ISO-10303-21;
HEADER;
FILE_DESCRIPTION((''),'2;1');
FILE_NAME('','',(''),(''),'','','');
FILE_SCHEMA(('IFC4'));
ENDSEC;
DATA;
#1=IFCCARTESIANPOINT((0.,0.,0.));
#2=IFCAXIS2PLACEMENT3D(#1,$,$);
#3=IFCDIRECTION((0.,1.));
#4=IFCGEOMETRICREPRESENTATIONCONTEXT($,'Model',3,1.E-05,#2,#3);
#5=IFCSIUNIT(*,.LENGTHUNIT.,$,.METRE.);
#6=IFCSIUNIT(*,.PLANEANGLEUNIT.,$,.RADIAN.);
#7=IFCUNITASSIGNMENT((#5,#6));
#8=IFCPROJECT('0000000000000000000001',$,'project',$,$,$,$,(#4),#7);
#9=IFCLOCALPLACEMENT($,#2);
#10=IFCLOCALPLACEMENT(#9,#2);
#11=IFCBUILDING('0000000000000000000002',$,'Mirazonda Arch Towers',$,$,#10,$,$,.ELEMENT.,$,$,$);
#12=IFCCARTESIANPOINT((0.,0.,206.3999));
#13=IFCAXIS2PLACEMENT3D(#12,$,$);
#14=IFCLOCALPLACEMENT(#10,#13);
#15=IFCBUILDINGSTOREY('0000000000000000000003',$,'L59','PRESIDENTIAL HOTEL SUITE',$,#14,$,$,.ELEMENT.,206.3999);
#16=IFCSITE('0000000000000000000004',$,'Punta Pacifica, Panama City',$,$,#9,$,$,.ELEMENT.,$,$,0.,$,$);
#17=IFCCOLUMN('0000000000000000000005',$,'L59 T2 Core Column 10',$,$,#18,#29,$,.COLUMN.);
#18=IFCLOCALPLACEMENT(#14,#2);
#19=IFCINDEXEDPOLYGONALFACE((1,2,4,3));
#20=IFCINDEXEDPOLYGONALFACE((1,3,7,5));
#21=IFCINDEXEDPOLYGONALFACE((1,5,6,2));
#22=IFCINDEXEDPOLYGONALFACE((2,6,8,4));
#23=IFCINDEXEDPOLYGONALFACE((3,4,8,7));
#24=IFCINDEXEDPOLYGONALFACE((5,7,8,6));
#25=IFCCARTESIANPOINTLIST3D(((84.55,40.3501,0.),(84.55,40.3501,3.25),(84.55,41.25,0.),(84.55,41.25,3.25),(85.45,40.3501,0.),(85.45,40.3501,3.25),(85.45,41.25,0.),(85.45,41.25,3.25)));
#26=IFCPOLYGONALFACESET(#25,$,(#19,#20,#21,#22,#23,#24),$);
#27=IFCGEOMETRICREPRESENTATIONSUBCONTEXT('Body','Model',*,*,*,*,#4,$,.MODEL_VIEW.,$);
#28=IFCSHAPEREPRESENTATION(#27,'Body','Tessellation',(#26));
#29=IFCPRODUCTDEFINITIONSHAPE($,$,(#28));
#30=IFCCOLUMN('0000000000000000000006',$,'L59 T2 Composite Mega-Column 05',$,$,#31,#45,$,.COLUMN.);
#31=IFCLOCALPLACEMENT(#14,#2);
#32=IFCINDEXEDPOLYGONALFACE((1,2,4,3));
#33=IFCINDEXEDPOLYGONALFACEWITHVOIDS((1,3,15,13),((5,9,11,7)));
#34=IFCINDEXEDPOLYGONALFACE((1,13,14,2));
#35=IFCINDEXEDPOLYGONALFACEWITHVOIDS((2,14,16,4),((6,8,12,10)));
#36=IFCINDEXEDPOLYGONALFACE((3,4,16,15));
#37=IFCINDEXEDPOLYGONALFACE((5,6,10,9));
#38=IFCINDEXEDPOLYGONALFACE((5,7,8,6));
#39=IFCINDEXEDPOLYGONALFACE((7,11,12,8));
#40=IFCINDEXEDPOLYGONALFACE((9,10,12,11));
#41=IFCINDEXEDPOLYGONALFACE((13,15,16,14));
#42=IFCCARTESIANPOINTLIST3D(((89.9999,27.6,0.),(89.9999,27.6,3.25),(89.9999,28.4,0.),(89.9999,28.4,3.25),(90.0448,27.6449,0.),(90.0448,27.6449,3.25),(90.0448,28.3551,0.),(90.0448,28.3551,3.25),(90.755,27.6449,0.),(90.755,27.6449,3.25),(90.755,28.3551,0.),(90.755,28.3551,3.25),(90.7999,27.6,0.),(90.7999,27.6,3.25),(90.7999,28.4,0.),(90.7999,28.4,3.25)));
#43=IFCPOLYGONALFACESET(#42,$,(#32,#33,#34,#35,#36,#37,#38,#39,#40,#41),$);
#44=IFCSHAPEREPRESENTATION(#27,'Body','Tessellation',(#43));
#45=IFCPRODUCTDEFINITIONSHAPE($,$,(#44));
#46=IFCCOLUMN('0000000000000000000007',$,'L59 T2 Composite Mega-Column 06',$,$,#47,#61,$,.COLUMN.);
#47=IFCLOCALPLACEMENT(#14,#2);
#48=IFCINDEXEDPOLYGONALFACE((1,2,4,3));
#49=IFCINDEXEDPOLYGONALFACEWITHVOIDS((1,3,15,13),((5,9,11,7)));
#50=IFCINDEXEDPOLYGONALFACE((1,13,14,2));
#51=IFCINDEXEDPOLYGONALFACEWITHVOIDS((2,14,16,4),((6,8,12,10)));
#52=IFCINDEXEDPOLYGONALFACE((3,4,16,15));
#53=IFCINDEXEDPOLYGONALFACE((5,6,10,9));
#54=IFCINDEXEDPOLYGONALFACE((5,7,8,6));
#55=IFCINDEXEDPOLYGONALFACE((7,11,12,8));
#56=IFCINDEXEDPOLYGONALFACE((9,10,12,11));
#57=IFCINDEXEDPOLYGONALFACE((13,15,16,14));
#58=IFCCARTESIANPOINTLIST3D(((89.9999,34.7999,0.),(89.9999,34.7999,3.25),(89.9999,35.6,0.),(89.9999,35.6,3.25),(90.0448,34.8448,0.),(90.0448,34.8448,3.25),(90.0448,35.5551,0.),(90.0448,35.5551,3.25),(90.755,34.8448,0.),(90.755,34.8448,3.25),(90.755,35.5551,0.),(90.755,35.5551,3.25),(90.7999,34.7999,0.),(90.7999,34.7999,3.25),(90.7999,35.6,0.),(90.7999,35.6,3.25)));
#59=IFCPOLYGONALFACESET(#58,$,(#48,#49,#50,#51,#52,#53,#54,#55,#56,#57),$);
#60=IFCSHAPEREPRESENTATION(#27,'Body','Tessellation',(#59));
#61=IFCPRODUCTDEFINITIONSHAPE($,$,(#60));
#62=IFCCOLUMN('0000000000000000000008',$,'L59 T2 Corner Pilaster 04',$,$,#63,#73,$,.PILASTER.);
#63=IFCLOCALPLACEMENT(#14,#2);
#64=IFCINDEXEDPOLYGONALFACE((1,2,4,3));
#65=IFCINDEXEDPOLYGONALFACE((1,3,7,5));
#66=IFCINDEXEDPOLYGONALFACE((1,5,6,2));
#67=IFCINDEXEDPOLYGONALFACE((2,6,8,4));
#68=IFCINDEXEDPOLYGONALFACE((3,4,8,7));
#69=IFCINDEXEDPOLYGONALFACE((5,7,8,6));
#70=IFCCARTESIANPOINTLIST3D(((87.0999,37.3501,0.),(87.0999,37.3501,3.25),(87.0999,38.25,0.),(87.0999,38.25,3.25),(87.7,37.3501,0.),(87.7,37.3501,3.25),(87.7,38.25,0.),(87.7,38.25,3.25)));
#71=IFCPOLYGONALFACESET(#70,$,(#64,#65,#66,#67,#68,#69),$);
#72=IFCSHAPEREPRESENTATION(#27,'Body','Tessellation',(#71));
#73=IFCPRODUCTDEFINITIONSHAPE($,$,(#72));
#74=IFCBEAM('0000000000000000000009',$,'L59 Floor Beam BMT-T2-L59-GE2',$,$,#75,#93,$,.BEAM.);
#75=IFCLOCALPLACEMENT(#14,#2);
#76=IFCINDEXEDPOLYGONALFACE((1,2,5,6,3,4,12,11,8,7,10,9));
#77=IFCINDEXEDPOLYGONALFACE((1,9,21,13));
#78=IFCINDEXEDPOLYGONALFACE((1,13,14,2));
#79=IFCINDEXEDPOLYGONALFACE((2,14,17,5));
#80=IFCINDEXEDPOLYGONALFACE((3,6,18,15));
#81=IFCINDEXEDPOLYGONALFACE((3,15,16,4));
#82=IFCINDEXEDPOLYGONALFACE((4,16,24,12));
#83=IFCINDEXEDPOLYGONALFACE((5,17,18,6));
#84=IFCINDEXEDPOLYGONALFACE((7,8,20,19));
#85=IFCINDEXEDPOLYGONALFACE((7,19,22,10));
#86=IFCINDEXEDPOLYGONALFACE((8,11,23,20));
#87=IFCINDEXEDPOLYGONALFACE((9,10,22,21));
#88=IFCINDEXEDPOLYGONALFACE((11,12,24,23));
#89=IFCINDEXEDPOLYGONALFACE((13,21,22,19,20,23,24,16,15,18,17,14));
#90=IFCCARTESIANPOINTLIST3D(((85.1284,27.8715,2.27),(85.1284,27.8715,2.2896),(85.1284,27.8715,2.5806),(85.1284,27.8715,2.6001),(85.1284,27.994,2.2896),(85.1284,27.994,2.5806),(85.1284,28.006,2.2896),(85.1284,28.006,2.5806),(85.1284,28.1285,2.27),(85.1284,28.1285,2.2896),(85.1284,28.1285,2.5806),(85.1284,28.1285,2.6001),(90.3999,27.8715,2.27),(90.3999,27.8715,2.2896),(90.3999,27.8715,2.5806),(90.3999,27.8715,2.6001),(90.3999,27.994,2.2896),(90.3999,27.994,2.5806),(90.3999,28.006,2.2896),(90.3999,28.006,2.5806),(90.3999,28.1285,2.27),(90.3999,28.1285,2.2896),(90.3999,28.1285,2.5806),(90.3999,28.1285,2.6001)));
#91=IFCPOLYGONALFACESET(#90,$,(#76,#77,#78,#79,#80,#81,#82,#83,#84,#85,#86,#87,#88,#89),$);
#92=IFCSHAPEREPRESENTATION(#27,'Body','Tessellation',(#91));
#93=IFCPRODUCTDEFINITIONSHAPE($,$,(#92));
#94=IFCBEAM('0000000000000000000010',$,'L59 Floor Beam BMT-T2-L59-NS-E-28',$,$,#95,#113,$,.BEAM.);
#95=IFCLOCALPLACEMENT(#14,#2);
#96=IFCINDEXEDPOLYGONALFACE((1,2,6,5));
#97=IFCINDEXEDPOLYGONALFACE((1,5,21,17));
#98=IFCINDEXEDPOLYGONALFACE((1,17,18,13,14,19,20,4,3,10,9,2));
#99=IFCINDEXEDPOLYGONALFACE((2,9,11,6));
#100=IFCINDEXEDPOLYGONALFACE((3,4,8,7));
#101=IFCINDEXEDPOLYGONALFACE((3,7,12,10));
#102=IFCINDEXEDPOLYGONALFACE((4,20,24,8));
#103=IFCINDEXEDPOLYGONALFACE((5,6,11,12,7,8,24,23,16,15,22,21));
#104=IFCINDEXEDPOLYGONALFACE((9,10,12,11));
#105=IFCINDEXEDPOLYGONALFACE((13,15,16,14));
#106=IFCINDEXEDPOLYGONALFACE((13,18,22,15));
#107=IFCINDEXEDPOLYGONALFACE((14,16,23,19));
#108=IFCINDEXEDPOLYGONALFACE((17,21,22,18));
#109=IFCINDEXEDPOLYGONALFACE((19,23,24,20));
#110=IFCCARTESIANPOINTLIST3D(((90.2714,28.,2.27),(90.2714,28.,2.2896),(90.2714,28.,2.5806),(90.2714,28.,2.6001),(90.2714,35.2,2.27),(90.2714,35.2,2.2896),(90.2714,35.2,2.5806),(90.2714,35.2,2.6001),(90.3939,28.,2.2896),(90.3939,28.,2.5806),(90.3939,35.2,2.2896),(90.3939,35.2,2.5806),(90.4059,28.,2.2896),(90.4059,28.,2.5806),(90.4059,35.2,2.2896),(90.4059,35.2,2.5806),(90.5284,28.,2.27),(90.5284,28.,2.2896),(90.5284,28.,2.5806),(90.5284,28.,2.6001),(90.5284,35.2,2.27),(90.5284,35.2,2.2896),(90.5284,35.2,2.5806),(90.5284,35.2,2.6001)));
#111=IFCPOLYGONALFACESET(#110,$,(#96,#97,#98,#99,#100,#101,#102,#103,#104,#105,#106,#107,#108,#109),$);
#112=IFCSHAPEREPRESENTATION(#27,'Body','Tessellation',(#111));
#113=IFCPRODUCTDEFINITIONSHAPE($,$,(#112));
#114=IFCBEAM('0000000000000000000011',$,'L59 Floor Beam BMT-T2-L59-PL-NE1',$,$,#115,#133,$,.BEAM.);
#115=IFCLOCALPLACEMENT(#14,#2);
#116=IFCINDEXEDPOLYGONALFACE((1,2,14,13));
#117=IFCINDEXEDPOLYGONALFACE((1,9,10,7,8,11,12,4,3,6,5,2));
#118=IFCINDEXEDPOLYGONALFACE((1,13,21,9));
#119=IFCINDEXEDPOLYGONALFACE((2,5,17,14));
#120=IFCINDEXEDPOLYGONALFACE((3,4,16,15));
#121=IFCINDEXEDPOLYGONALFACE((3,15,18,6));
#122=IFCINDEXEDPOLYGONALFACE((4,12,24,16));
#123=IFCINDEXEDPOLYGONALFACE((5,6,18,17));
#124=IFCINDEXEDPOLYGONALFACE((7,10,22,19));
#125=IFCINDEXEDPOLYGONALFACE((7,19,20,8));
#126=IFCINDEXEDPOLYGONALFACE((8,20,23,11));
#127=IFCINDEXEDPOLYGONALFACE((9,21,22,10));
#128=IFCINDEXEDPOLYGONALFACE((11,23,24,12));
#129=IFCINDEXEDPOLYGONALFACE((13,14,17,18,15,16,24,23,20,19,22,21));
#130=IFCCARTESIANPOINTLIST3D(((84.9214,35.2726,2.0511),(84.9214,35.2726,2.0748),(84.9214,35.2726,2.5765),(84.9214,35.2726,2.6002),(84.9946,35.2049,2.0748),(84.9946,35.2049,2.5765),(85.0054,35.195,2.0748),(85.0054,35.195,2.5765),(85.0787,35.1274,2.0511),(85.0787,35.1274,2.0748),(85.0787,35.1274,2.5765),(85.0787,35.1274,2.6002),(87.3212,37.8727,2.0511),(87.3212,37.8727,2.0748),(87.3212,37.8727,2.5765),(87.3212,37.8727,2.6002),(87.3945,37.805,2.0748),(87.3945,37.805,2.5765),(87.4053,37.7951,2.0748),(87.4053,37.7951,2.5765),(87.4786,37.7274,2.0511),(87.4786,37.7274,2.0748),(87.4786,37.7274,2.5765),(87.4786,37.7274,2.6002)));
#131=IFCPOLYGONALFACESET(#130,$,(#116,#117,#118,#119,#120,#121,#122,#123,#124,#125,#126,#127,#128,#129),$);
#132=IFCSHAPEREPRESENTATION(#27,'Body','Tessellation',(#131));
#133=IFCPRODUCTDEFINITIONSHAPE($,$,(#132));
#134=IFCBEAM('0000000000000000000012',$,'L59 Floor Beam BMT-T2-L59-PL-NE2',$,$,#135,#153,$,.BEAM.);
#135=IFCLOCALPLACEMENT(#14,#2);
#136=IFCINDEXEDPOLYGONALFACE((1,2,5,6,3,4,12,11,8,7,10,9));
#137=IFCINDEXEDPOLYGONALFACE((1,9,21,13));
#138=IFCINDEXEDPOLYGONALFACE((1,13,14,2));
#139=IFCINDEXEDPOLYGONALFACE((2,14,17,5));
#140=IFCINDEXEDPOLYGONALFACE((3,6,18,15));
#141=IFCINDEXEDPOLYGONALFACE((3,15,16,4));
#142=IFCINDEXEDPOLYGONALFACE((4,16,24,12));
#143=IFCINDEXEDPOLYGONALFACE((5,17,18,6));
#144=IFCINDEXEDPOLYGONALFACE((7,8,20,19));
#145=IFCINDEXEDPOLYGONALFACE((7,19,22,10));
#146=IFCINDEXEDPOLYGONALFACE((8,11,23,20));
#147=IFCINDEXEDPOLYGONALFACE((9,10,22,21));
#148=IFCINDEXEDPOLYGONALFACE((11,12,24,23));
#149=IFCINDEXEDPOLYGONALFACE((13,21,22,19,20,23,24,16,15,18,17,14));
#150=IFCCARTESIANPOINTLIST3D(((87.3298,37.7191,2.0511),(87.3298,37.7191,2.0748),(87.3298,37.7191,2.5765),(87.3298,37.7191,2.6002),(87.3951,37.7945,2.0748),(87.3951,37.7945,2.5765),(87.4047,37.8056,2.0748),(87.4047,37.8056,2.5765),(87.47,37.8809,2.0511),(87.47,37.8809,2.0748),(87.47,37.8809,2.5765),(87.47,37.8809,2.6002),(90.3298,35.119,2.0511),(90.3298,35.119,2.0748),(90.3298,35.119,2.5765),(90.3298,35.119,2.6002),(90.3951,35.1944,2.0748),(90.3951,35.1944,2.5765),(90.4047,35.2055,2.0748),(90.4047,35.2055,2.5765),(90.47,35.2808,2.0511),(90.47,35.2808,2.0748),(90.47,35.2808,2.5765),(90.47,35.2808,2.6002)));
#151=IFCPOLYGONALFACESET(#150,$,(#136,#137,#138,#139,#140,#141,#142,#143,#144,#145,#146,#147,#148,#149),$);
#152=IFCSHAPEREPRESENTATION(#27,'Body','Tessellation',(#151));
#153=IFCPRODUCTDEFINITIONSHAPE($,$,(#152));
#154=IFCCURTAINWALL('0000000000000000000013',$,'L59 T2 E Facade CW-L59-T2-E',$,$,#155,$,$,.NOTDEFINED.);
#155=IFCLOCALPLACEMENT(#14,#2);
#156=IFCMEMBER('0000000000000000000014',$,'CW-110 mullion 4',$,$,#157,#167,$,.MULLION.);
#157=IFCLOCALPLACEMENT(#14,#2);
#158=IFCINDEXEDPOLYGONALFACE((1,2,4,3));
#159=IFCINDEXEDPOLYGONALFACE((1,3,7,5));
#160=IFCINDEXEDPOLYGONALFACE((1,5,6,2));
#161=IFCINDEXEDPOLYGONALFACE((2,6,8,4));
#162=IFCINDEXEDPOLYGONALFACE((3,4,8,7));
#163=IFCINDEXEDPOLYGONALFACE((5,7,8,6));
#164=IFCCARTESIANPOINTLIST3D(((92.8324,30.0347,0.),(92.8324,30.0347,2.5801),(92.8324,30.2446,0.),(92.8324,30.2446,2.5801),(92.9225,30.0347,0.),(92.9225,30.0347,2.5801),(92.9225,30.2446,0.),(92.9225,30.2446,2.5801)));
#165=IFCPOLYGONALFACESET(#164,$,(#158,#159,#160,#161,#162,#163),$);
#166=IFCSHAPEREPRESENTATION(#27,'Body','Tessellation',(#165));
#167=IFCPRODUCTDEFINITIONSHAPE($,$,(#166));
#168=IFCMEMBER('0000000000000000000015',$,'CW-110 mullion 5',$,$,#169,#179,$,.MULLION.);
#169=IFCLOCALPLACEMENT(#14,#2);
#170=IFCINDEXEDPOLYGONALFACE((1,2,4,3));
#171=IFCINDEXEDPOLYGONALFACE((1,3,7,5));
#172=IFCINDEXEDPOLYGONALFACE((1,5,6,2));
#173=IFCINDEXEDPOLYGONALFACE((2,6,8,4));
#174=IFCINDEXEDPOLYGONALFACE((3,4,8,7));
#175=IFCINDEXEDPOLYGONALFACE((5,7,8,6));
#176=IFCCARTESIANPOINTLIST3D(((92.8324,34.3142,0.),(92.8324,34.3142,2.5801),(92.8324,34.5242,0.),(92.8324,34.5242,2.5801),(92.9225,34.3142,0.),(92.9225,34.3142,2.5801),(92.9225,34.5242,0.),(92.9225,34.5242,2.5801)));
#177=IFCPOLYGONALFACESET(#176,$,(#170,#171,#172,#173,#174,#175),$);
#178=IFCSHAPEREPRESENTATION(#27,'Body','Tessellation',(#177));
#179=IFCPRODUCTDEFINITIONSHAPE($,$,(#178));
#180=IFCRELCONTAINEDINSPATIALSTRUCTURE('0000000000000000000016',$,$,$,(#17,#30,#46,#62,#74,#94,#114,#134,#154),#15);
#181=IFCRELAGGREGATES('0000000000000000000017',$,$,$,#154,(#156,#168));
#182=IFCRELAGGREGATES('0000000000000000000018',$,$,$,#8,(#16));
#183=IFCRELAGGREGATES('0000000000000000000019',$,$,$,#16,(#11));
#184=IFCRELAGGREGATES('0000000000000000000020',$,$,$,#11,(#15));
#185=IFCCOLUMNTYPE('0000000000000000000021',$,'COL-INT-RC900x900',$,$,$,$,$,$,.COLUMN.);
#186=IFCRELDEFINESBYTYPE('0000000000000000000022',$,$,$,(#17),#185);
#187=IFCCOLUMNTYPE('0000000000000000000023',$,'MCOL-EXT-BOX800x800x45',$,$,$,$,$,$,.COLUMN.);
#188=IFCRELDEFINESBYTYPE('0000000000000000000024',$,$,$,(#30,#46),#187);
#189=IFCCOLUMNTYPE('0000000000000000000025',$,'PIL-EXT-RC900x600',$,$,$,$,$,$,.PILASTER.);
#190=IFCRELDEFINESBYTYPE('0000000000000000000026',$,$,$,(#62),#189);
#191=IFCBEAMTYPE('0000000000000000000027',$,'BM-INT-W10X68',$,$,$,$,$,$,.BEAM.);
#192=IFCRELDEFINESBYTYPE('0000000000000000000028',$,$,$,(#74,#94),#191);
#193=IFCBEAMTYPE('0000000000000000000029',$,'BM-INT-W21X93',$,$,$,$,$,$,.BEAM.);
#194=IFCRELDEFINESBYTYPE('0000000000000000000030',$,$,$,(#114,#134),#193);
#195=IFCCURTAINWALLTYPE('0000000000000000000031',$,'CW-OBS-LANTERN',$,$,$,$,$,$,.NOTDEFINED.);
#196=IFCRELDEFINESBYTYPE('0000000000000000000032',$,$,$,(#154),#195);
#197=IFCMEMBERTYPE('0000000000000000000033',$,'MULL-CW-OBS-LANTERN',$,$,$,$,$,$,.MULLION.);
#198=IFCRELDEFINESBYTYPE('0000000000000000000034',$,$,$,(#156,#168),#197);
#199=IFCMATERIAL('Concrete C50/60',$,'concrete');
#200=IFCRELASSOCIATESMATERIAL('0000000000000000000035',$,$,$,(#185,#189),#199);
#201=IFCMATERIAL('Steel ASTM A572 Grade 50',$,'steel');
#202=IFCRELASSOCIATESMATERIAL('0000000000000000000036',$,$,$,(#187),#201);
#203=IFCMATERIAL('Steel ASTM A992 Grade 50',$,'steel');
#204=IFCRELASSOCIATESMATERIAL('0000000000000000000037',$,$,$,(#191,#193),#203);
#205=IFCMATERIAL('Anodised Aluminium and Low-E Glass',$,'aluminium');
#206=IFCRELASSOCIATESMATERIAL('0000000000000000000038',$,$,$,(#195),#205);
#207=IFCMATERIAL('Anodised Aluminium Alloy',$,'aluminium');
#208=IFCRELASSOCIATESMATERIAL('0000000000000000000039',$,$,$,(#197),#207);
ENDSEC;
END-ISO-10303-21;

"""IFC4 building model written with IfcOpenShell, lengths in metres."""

from ifc_helpers import new_model, si_unit, direction, frame, origin, origin_2d, place, context, subcontext, project, spatial, rectangle, hollow_rectangle, i_section, extrude, material, material_profile, profile_set, type_object, element, aggregate, save


model = new_model("IFC4")

# Units and contexts
model_context = context("Model", 3, precision=1e-05, world=origin(), true_north=direction((0.0, 1.0)))
body_context = subcontext(model_context, "Body", "Model", "MODEL_VIEW")
ifc_project = project(units=[si_unit("LENGTHUNIT", "METRE"), si_unit("PLANEANGLEUNIT", "RADIAN")], contexts=[model_context])

# Site, building, storey
site_placement = place(None, origin())
site = spatial("IfcSite", under=ifc_project, at=site_placement, Name="Punta Pacifica, Panama City", CompositionType="ELEMENT", RefElevation=0.0)
building_placement = place(site_placement, origin())
building = spatial("IfcBuilding", under=site, at=building_placement, Name="Mirazonda Arch Towers", CompositionType="ELEMENT")
storey_placement = place(building_placement, frame((0.0, 0.0, 206.3999)))
storey = spatial("IfcBuildingStorey", under=building, at=storey_placement, Name="L59", Description="PRESIDENTIAL HOTEL SUITE", CompositionType="ELEMENT", Elevation=206.3999)

# Columns
ifc_material_1 = material(Name="Concrete C50/60", Category="concrete")
ifc_material_profile_1 = material_profile(ifc_material_1, rectangle(XDim=0.8999, YDim=0.8999, at=origin_2d()), Name="RC900x900")
ifc_profile_set_1 = profile_set([ifc_material_profile_1], Name="Concrete C50/60")
column_type_1 = type_object("IfcColumnType", Name="COL-INT-RC900x900", PredefinedType="COLUMN", material=ifc_profile_set_1)
column_1_placement = place(storey_placement, frame((85.0, 40.8, 0.0), z_axis=(0.0, 0.0, 1.0), x_axis=(1.0, 0.0, 0.0)))
element("IfcColumn", 1, at=column_1_placement, inside=storey, type_object=column_type_1, Name="L59 T2 Core Column 10", PredefinedType="COLUMN", context=body_context, shape_type="SweptSolid", body=[
    extrude(rectangle(XDim=0.8999, YDim=0.8999, at=origin_2d()), origin(), (0.0, 0.0, 1.0), 3.25),
])
ifc_material_2 = material(Name="Steel ASTM A572 Grade 50", Category="steel")
ifc_material_profile_2 = material_profile(ifc_material_2, hollow_rectangle(XDim=0.8, YDim=0.8, WallThickness=0.0449, at=origin_2d()), Name="BOX800x800x45")
ifc_profile_set_2 = profile_set([ifc_material_profile_2], Name="Steel ASTM A572 Grade 50")
column_type_2 = type_object("IfcColumnType", Name="MCOL-EXT-BOX800x800x45", PredefinedType="COLUMN", material=ifc_profile_set_2)
for number, where, z_axis, x_axis, name in (
    (2, (90.3999, 28.0, 0.0), (0.0, 0.0, 1.0), (1.0, 0.0, 0.0), "L59 T2 Composite Mega-Column 05"),
    (3, (90.3999, 35.2, 0.0), (0.0, 0.0, 1.0), (1.0, 0.0, 0.0), "L59 T2 Composite Mega-Column 06"),
):
    element("IfcColumn", number, at=place(storey_placement, frame(where, z_axis=z_axis, x_axis=x_axis)), inside=storey, type_object=column_type_2, Name=name, PredefinedType="COLUMN", context=body_context, shape_type="SweptSolid", body=[
        extrude(hollow_rectangle(XDim=0.8, YDim=0.8, WallThickness=0.0449, at=origin_2d()), origin(), (0.0, 0.0, 1.0), 3.25),
    ])
ifc_material_profile_3 = material_profile(ifc_material_1, rectangle(XDim=0.6001, YDim=0.8999, at=origin_2d()), Name="RC900x600")
ifc_profile_set_3 = profile_set([ifc_material_profile_3], Name="Concrete C50/60")
column_type_3 = type_object("IfcColumnType", Name="PIL-EXT-RC900x600", PredefinedType="PILASTER", material=ifc_profile_set_3)
column_2_placement = place(storey_placement, frame((87.3999, 37.8, 0.0), z_axis=(0.0, 0.0, 1.0), x_axis=(1.0, 0.0, 0.0)))
element("IfcColumn", 4, at=column_2_placement, inside=storey, type_object=column_type_3, Name="L59 T2 Corner Pilaster 04", PredefinedType="PILASTER", context=body_context, shape_type="SweptSolid", body=[
    extrude(rectangle(XDim=0.6001, YDim=0.8999, at=origin_2d()), origin(), (0.0, 0.0, 1.0), 3.25),
])

# Beams
ifc_material_3 = material(Name="Steel ASTM A992 Grade 50", Category="steel")
ifc_material_profile_4 = material_profile(ifc_material_3, i_section(OverallWidth=0.2571, OverallDepth=0.3301, WebThickness=0.012, FlangeThickness=0.0195, at=origin_2d()), Name="W10X68")
ifc_profile_set_4 = profile_set([ifc_material_profile_4], Name="Steel ASTM A992 Grade 50")
beam_type_1 = type_object("IfcBeamType", Name="BM-INT-W10X68", PredefinedType="BEAM", material=ifc_profile_set_4)
beam_1_placement = place(storey_placement, frame((85.1284, 28.0, 2.4351), z_axis=(1.0, 0.0, 0.0), x_axis=(0.0, 1.0, 0.0)))
element("IfcBeam", 5, at=beam_1_placement, inside=storey, type_object=beam_type_1, Name="L59 Floor Beam BMT-T2-L59-GE2", PredefinedType="BEAM", context=body_context, shape_type="SweptSolid", body=[
    extrude(i_section(OverallWidth=0.2571, OverallDepth=0.3301, WebThickness=0.012, FlangeThickness=0.0195, at=origin_2d()), origin(), (0.0, 0.0, 1.0), 5.2715),
])
beam_2_placement = place(storey_placement, frame((90.3999, 28.0, 2.4351), z_axis=(0.0, 1.0, 0.0), x_axis=(-1.0, 0.0, 0.0)))
element("IfcBeam", 6, at=beam_2_placement, inside=storey, type_object=beam_type_1, Name="L59 Floor Beam BMT-T2-L59-NS-E-28", PredefinedType="BEAM", context=body_context, shape_type="SweptSolid", body=[
    extrude(i_section(OverallWidth=0.2571, OverallDepth=0.3301, WebThickness=0.012, FlangeThickness=0.0195, at=origin_2d()), origin(), (0.0, 0.0, 1.0), 7.2),
])
ifc_material_profile_5 = material_profile(ifc_material_3, i_section(OverallWidth=0.2141, OverallDepth=0.5491, WebThickness=0.0146, FlangeThickness=0.0237, at=origin_2d()), Name="W21X93")
ifc_profile_set_5 = profile_set([ifc_material_profile_5], Name="Steel ASTM A992 Grade 50")
beam_type_2 = type_object("IfcBeamType", Name="BM-INT-W21X93", PredefinedType="BEAM", material=ifc_profile_set_5)
beam_3_placement = place(storey_placement, frame((87.3999, 37.8, 2.3257), z_axis=(-0.678251, -0.73483, 0.0), x_axis=(0.73483, -0.678251, 0.0)))
element("IfcBeam", 7, at=beam_3_placement, inside=storey, type_object=beam_type_2, Name="L59 Floor Beam BMT-T2-L59-PL-NE1", PredefinedType="BEAM", context=body_context, shape_type="SweptSolid", body=[
    extrude(i_section(OverallWidth=0.2141, OverallDepth=0.5491, WebThickness=0.0146, FlangeThickness=0.0237, at=origin_2d()), origin(), (0.0, 0.0, 1.0), 3.5383),
])
beam_4_placement = place(storey_placement, frame((87.3999, 37.8, 2.3257), z_axis=(0.755677, -0.654945, 0.0), x_axis=(0.654945, 0.755677, 0.0)))
element("IfcBeam", 8, at=beam_4_placement, inside=storey, type_object=beam_type_2, Name="L59 Floor Beam BMT-T2-L59-PL-NE2", PredefinedType="BEAM", context=body_context, shape_type="SweptSolid", body=[
    extrude(i_section(OverallWidth=0.2141, OverallDepth=0.5491, WebThickness=0.0146, FlangeThickness=0.0237, at=origin_2d()), origin(), (0.0, 0.0, 1.0), 3.97),
])

# Curtain wall, members
ifc_material_4 = material(Name="Anodised Aluminium and Low-E Glass", Category="aluminium")
curtain_wall_type = type_object("IfcCurtainWallType", Name="CW-OBS-LANTERN", PredefinedType="NOTDEFINED", material=ifc_material_4)
curtain_wall_1_placement = place(storey_placement, origin())
curtain_wall_1 = element("IfcCurtainWall", 9, at=curtain_wall_1_placement, inside=storey, type_object=curtain_wall_type, Name="L59 T2 E Facade CW-L59-T2-E", PredefinedType="NOTDEFINED")
ifc_material_5 = material(Name="Anodised Aluminium Alloy", Category="aluminium")
ifc_material_profile_6 = material_profile(ifc_material_5, rectangle(XDim=0.0901, YDim=0.21, at=origin_2d()), Name="ALU-MULL-90x210")
ifc_profile_set_6 = profile_set([ifc_material_profile_6], Name="Anodised Aluminium Alloy")
member_type_1 = type_object("IfcMemberType", Name="MULL-CW-OBS-LANTERN", PredefinedType="MULLION", material=ifc_profile_set_6)
member_1_placement = place(storey_placement, frame((92.8774, 30.1396, 0.0), z_axis=(0.0, 0.0, 1.0), x_axis=(-1.0, 0.0, 0.0)))
member_1 = element("IfcMember", 10, at=member_1_placement, type_object=member_type_1, Name="CW-110 mullion 4", PredefinedType="MULLION", context=body_context, shape_type="SweptSolid", body=[
    extrude(rectangle(XDim=0.0901, YDim=0.21, at=origin_2d()), origin(), (0.0, 0.0, 1.0), 2.5801),
])
member_2_placement = place(storey_placement, frame((92.8774, 34.4192, 0.0), z_axis=(0.0, 0.0, 1.0), x_axis=(-1.0, 0.0, 0.0)))
member_2 = element("IfcMember", 11, at=member_2_placement, type_object=member_type_1, Name="CW-110 mullion 5", PredefinedType="MULLION", context=body_context, shape_type="SweptSolid", body=[
    extrude(rectangle(XDim=0.0901, YDim=0.21, at=origin_2d()), origin(), (0.0, 0.0, 1.0), 2.5801),
])

aggregate(curtain_wall_1, [member_1, member_2])

save(model, "model.ifc")
